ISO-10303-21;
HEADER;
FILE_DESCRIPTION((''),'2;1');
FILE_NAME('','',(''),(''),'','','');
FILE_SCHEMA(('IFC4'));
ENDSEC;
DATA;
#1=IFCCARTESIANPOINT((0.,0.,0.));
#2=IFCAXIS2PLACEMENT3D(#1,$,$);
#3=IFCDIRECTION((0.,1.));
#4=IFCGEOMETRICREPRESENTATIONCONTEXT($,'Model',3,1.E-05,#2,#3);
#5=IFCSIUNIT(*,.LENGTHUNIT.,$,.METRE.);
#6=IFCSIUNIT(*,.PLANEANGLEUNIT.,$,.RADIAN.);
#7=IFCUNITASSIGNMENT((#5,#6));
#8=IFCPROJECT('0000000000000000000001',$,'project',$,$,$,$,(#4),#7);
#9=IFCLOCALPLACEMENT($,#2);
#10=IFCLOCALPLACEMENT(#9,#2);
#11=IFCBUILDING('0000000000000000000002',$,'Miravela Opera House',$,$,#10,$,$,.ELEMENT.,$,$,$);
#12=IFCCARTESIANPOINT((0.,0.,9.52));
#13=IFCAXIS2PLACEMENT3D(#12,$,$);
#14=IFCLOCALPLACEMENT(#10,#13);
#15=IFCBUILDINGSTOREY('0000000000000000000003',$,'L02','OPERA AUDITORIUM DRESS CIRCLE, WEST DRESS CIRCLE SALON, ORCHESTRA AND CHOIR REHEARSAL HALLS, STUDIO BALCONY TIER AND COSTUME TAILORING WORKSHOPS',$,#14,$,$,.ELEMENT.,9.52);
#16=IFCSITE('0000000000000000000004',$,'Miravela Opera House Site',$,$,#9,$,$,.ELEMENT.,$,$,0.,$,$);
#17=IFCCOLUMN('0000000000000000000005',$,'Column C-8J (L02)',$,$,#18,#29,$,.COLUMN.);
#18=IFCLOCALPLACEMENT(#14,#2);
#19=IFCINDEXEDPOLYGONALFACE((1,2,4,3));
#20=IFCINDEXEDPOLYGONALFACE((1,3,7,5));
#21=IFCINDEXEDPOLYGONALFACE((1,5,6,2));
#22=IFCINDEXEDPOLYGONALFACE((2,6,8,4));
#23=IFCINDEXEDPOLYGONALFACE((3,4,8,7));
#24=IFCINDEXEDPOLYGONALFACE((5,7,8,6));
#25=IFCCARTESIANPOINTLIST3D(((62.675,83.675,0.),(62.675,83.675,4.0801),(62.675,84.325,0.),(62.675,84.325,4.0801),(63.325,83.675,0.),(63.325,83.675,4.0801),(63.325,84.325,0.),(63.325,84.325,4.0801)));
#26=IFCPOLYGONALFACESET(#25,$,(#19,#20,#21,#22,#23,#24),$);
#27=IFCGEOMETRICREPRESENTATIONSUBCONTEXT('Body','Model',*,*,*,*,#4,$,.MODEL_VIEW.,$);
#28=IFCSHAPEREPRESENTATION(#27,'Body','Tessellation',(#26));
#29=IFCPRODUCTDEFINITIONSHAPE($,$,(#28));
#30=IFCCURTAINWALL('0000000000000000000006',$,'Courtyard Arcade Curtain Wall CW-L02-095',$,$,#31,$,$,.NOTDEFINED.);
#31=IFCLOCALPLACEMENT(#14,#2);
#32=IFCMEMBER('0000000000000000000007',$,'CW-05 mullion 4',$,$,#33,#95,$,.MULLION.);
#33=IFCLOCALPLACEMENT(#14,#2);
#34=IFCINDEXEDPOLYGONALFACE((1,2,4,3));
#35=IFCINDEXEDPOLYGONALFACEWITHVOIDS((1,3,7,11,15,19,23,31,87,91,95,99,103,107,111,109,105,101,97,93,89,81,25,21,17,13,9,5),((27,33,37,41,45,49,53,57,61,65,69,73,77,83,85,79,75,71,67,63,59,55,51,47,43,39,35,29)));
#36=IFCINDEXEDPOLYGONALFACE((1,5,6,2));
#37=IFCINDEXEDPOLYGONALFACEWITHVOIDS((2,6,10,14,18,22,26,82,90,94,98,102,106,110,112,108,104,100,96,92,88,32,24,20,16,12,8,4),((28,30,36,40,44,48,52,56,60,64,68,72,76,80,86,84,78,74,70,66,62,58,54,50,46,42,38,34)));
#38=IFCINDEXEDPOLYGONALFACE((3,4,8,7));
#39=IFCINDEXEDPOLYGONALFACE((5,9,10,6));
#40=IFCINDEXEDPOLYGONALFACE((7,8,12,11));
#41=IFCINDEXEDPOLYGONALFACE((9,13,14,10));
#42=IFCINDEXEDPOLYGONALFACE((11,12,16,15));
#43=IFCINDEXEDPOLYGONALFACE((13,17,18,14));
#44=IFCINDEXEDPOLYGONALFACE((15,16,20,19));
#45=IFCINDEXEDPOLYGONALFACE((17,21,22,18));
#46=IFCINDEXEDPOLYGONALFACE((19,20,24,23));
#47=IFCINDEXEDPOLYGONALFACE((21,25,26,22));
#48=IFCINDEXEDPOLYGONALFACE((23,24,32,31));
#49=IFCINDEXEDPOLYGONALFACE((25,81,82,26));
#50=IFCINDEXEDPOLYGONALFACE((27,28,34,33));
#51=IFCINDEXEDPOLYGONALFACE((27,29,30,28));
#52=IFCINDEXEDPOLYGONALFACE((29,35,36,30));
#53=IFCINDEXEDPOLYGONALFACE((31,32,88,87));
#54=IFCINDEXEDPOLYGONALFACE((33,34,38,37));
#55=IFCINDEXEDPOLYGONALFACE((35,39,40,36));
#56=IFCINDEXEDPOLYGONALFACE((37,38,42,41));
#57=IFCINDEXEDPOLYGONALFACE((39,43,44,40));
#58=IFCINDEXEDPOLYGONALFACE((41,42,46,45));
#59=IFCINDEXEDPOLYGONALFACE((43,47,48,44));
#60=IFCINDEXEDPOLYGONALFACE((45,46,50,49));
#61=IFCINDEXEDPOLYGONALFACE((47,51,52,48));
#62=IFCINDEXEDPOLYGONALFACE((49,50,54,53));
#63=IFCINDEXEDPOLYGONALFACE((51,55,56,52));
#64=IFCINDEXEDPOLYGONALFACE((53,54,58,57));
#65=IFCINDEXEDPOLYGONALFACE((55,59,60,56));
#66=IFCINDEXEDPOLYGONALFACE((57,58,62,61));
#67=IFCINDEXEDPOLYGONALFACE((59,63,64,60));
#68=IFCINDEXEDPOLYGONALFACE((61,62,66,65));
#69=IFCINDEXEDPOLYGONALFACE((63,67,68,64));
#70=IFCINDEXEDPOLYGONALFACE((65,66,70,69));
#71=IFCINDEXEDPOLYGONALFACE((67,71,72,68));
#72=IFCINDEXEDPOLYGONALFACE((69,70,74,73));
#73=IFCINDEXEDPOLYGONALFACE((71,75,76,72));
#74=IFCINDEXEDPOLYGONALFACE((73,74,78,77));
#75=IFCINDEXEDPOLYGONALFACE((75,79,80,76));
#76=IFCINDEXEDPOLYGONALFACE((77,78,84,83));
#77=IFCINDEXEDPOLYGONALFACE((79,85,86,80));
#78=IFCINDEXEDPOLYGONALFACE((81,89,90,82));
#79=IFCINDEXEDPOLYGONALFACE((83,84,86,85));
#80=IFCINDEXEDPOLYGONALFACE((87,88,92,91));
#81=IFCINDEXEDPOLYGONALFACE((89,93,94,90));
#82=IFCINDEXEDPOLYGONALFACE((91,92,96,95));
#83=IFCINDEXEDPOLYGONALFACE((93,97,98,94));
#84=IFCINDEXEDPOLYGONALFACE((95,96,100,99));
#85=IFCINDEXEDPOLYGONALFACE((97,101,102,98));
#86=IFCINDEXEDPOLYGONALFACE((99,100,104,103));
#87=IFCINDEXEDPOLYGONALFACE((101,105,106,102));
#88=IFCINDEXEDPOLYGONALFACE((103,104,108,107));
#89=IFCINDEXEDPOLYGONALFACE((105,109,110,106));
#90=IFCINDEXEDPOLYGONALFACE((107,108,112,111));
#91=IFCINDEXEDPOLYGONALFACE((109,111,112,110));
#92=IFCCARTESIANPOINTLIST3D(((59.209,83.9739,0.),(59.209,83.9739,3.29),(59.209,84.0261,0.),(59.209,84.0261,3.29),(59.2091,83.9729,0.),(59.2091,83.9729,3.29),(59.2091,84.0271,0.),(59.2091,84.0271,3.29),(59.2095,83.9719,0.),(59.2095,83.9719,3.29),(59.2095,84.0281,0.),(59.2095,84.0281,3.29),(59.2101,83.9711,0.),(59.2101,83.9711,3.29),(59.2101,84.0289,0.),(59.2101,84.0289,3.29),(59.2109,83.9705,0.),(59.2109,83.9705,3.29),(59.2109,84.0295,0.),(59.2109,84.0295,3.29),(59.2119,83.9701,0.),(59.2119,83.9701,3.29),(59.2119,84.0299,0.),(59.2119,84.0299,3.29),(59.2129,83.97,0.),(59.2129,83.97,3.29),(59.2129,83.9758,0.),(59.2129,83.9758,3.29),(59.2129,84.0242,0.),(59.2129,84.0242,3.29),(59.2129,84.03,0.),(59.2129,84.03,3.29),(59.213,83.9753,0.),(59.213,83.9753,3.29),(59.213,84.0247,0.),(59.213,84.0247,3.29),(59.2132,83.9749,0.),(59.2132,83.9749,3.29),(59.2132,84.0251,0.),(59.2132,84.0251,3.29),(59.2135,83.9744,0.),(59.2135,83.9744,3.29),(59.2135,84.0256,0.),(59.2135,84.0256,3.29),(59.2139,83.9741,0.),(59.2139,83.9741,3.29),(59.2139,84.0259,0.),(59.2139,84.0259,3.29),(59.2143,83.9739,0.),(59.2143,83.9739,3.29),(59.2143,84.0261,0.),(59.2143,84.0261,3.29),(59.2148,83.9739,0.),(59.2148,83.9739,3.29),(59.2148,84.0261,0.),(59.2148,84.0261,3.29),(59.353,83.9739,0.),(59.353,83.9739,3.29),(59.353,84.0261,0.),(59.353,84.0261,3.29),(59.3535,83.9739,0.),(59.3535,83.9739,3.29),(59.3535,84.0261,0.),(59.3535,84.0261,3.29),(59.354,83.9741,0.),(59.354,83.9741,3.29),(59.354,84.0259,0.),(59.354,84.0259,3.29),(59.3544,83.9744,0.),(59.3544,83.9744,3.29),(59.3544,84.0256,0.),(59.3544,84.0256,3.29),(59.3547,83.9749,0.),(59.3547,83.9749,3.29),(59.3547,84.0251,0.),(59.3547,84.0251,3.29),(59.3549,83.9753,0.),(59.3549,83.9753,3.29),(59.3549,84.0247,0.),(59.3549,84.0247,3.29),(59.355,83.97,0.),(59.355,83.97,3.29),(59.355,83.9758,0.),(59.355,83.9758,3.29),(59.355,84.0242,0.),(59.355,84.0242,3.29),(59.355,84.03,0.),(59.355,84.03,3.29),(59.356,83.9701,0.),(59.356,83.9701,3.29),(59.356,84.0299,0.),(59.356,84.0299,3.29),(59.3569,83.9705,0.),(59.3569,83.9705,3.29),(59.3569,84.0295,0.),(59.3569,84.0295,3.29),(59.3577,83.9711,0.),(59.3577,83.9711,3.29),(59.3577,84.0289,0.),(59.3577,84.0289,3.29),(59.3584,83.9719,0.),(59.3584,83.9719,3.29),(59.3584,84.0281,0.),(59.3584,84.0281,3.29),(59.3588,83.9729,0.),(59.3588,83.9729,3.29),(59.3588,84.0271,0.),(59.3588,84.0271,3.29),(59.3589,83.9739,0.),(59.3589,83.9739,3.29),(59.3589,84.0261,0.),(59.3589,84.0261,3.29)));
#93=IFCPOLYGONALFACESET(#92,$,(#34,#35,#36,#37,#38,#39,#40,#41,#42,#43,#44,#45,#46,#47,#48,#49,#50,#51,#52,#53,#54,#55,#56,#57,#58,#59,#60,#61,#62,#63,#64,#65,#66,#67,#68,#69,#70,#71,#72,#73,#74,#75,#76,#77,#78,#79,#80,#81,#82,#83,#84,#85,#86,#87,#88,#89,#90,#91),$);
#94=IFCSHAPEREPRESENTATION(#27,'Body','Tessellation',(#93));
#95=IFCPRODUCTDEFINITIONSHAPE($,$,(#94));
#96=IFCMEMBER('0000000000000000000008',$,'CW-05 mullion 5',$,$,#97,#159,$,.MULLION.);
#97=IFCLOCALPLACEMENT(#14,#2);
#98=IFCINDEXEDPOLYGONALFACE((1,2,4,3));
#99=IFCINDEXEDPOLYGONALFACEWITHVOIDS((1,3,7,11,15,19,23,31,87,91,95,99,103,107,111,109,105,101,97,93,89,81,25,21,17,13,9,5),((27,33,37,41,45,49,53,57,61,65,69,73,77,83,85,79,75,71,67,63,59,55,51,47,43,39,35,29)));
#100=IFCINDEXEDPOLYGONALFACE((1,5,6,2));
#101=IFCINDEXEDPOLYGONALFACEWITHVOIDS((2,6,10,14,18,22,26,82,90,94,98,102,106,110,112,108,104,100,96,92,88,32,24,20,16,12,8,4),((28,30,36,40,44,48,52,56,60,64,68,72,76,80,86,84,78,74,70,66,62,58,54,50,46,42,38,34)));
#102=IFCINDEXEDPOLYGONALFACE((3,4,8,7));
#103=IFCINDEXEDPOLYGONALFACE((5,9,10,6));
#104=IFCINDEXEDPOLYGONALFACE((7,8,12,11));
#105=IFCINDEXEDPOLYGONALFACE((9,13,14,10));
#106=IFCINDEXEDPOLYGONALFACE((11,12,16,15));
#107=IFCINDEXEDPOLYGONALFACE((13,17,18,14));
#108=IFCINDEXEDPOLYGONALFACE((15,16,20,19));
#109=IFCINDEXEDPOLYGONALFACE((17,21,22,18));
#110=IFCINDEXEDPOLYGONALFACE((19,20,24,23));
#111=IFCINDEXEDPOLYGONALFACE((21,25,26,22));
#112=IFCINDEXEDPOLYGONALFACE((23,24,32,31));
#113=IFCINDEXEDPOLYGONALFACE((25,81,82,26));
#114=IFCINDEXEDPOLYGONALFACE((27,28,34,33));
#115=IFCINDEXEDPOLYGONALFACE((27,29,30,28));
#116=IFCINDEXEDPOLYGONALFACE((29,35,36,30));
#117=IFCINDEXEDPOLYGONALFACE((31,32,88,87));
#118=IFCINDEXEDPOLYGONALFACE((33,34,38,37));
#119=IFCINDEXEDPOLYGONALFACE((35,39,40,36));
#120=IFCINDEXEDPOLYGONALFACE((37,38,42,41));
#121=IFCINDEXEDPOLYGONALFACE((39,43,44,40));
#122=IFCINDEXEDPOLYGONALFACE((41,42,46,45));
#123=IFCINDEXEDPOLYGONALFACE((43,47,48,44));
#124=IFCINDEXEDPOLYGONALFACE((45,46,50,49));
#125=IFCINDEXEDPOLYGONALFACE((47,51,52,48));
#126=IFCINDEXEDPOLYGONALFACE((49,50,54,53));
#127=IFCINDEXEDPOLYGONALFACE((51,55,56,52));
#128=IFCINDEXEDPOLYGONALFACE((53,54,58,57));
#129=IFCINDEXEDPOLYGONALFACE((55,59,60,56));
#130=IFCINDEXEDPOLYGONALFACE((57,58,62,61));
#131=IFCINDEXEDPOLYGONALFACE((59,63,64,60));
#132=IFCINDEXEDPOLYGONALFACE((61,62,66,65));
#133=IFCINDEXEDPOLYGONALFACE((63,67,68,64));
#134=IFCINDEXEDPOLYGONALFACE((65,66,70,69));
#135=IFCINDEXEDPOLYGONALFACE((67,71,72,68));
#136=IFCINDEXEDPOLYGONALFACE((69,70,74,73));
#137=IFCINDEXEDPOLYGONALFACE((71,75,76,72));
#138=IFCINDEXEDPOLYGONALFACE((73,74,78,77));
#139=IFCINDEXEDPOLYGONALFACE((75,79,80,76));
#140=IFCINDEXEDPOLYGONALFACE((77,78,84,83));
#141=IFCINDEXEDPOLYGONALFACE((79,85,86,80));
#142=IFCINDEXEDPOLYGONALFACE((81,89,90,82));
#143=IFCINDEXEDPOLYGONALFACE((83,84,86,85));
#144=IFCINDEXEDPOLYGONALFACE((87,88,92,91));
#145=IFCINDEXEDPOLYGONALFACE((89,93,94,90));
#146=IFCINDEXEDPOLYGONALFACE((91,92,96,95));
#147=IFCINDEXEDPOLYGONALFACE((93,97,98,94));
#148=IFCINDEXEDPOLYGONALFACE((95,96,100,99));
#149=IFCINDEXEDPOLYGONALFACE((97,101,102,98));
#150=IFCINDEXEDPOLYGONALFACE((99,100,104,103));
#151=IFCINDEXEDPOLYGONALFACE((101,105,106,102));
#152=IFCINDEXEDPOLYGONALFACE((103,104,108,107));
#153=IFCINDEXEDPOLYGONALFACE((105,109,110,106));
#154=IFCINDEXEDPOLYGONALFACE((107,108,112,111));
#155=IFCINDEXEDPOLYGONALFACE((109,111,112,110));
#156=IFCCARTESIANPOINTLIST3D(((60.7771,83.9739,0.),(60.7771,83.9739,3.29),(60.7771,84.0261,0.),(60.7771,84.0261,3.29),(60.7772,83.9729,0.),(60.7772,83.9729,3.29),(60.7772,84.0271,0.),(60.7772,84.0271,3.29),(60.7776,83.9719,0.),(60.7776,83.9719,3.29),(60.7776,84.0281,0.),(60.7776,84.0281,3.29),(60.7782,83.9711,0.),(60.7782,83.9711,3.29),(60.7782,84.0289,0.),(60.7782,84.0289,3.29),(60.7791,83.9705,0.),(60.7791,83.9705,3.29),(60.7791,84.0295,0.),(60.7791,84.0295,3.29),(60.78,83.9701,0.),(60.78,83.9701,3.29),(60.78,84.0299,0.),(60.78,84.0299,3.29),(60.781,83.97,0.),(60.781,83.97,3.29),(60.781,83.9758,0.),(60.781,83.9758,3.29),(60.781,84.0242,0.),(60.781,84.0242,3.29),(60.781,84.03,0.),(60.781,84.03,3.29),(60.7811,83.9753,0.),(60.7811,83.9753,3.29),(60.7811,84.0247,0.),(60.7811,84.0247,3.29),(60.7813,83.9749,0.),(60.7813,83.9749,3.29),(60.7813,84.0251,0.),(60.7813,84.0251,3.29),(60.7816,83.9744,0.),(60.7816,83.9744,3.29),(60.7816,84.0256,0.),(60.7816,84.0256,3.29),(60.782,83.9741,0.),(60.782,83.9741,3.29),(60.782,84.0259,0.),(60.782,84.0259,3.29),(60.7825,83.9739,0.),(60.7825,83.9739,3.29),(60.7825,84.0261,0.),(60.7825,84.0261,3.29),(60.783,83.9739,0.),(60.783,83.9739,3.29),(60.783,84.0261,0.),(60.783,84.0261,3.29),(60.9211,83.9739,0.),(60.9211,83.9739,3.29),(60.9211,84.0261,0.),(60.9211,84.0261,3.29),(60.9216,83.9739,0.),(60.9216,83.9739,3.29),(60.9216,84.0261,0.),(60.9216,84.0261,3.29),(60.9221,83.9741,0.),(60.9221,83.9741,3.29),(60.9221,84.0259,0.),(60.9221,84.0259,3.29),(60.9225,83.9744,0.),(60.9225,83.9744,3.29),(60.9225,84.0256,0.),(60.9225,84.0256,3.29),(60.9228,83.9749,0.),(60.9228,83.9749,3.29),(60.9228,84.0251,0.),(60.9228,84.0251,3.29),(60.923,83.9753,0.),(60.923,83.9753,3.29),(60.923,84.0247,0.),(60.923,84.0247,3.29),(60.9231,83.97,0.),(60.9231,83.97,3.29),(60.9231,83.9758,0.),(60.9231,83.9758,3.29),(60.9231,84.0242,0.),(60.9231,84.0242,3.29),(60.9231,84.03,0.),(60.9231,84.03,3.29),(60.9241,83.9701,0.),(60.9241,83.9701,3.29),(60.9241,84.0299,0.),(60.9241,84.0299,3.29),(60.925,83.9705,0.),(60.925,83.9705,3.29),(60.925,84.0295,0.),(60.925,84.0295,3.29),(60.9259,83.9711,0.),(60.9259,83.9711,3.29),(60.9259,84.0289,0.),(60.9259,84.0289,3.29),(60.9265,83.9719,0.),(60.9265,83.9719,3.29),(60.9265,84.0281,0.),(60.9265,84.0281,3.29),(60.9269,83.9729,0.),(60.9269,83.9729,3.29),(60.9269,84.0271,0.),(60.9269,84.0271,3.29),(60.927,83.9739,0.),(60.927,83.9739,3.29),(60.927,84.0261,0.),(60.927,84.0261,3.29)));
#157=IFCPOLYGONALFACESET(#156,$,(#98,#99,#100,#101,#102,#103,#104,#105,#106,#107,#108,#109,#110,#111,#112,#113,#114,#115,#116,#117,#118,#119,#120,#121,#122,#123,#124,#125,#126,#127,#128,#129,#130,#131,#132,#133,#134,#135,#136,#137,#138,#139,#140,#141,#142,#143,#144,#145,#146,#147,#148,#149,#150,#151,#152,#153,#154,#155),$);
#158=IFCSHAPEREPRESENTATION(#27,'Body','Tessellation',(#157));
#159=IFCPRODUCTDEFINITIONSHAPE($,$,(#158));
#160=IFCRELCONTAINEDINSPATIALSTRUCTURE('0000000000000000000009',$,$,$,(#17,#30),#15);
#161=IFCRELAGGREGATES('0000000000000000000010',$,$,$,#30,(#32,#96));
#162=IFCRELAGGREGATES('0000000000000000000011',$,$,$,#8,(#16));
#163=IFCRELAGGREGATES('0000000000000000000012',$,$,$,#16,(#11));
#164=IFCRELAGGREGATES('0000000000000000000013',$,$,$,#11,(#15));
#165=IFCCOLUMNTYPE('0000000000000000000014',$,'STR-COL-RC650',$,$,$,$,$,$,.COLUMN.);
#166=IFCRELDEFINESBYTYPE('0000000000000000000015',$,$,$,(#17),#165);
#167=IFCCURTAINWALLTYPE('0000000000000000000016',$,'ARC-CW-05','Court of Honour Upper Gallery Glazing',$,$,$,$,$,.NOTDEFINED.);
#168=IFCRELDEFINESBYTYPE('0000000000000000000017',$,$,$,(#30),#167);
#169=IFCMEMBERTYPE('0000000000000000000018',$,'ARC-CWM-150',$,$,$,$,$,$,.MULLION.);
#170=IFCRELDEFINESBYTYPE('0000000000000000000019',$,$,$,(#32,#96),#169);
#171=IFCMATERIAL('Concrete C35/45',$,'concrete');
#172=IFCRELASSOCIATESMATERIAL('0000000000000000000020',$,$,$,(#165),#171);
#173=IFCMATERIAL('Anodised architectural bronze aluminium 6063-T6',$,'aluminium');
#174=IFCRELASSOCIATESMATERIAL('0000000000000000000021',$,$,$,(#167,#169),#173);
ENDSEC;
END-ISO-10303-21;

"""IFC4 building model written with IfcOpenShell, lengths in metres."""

from ifc_helpers import new_model, si_unit, direction, frame, origin, origin_2d, place, context, subcontext, project, spatial, rectangle, hollow_rectangle, extrude, material, material_profile, profile_set, type_object, element, aggregate, save


model = new_model("IFC4")

# Units and contexts
model_context = context("Model", 3, precision=1e-05, world=origin(), true_north=direction((0.0, 1.0)))
body_context = subcontext(model_context, "Body", "Model", "MODEL_VIEW")
ifc_project = project(units=[si_unit("LENGTHUNIT", "METRE"), si_unit("PLANEANGLEUNIT", "RADIAN")], contexts=[model_context])

# Site, building, storey
site_placement = place(None, origin())
site = spatial("IfcSite", under=ifc_project, at=site_placement, Name="Miravela Opera House Site", CompositionType="ELEMENT", RefElevation=0.0)
building_placement = place(site_placement, origin())
building = spatial("IfcBuilding", under=site, at=building_placement, Name="Miravela Opera House", CompositionType="ELEMENT")
storey_placement = place(building_placement, frame((0.0, 0.0, 9.52)))
storey = spatial("IfcBuildingStorey", under=building, at=storey_placement, Name="L02", Description="OPERA AUDITORIUM DRESS CIRCLE, WEST DRESS CIRCLE SALON, ORCHESTRA AND CHOIR REHEARSAL HALLS, STUDIO BALCONY TIER AND COSTUME TAILORING WORKSHOPS", CompositionType="ELEMENT", Elevation=9.52)

# Column
ifc_material_1 = material(Name="Concrete C35/45", Category="concrete")
ifc_material_profile_1 = material_profile(ifc_material_1, rectangle(XDim=0.6499, YDim=0.6499, at=origin_2d()), Name="RC-COL-650X650")
ifc_profile_set_1 = profile_set([ifc_material_profile_1])
column_type = type_object("IfcColumnType", Name="STR-COL-RC650", PredefinedType="COLUMN", material=ifc_profile_set_1)
column_placement = place(storey_placement, frame((63.0, 84.0, 0.0), z_axis=(0.0, 0.0, 1.0), x_axis=(1.0, 0.0, 0.0)))
element("IfcColumn", 1, at=column_placement, inside=storey, type_object=column_type, Name="Column C-8J (L02)", PredefinedType="COLUMN", context=body_context, shape_type="SweptSolid", body=[
    extrude(rectangle(XDim=0.6499, YDim=0.6499, at=origin_2d()), origin(), (0.0, 0.0, 1.0), 4.0801),
])

# Curtain wall, members
ifc_material_2 = material(Name="Anodised architectural bronze aluminium 6063-T6", Category="aluminium")
curtain_wall_type = type_object("IfcCurtainWallType", Name="ARC-CW-05", Description="Court of Honour Upper Gallery Glazing", PredefinedType="NOTDEFINED", material=ifc_material_2)
curtain_wall_1_placement = place(storey_placement, origin())
curtain_wall_1 = element("IfcCurtainWall", 2, at=curtain_wall_1_placement, inside=storey, type_object=curtain_wall_type, Name="Courtyard Arcade Curtain Wall CW-L02-095", PredefinedType="NOTDEFINED")
ifc_material_profile_2 = material_profile(ifc_material_2, hollow_rectangle(XDim=0.0601, YDim=0.1499, WallThickness=0.0039, InnerFilletRadius=0.002, OuterFilletRadius=0.0039, at=origin_2d()), Name="CWM-60X150")
ifc_profile_set_2 = profile_set([ifc_material_profile_2])
member_type_1 = type_object("IfcMemberType", Name="ARC-CWM-150", PredefinedType="MULLION", material=ifc_profile_set_2)
member_1_placement = place(storey_placement, frame((59.2839, 84.0, 0.0), z_axis=(0.0, 0.0, 1.0), x_axis=(0.0, 1.0, 0.0)))
member_1 = element("IfcMember", 3, at=member_1_placement, type_object=member_type_1, Name="CW-05 mullion 4", PredefinedType="MULLION", context=body_context, shape_type="SweptSolid", body=[
    extrude(hollow_rectangle(XDim=0.0601, YDim=0.1499, WallThickness=0.0039, InnerFilletRadius=0.002, OuterFilletRadius=0.0039, at=origin_2d()), origin(), (0.0, 0.0, 1.0), 3.29),
])
member_2_placement = place(storey_placement, frame((60.8521, 84.0, 0.0), z_axis=(0.0, 0.0, 1.0), x_axis=(0.0, 1.0, 0.0)))
member_2 = element("IfcMember", 4, at=member_2_placement, type_object=member_type_1, Name="CW-05 mullion 5", PredefinedType="MULLION", context=body_context, shape_type="SweptSolid", body=[
    extrude(hollow_rectangle(XDim=0.0601, YDim=0.1499, WallThickness=0.0039, InnerFilletRadius=0.002, OuterFilletRadius=0.0039, at=origin_2d()), origin(), (0.0, 0.0, 1.0), 3.29),
])

aggregate(curtain_wall_1, [member_1, member_2])

save(model, "model.ifc")
